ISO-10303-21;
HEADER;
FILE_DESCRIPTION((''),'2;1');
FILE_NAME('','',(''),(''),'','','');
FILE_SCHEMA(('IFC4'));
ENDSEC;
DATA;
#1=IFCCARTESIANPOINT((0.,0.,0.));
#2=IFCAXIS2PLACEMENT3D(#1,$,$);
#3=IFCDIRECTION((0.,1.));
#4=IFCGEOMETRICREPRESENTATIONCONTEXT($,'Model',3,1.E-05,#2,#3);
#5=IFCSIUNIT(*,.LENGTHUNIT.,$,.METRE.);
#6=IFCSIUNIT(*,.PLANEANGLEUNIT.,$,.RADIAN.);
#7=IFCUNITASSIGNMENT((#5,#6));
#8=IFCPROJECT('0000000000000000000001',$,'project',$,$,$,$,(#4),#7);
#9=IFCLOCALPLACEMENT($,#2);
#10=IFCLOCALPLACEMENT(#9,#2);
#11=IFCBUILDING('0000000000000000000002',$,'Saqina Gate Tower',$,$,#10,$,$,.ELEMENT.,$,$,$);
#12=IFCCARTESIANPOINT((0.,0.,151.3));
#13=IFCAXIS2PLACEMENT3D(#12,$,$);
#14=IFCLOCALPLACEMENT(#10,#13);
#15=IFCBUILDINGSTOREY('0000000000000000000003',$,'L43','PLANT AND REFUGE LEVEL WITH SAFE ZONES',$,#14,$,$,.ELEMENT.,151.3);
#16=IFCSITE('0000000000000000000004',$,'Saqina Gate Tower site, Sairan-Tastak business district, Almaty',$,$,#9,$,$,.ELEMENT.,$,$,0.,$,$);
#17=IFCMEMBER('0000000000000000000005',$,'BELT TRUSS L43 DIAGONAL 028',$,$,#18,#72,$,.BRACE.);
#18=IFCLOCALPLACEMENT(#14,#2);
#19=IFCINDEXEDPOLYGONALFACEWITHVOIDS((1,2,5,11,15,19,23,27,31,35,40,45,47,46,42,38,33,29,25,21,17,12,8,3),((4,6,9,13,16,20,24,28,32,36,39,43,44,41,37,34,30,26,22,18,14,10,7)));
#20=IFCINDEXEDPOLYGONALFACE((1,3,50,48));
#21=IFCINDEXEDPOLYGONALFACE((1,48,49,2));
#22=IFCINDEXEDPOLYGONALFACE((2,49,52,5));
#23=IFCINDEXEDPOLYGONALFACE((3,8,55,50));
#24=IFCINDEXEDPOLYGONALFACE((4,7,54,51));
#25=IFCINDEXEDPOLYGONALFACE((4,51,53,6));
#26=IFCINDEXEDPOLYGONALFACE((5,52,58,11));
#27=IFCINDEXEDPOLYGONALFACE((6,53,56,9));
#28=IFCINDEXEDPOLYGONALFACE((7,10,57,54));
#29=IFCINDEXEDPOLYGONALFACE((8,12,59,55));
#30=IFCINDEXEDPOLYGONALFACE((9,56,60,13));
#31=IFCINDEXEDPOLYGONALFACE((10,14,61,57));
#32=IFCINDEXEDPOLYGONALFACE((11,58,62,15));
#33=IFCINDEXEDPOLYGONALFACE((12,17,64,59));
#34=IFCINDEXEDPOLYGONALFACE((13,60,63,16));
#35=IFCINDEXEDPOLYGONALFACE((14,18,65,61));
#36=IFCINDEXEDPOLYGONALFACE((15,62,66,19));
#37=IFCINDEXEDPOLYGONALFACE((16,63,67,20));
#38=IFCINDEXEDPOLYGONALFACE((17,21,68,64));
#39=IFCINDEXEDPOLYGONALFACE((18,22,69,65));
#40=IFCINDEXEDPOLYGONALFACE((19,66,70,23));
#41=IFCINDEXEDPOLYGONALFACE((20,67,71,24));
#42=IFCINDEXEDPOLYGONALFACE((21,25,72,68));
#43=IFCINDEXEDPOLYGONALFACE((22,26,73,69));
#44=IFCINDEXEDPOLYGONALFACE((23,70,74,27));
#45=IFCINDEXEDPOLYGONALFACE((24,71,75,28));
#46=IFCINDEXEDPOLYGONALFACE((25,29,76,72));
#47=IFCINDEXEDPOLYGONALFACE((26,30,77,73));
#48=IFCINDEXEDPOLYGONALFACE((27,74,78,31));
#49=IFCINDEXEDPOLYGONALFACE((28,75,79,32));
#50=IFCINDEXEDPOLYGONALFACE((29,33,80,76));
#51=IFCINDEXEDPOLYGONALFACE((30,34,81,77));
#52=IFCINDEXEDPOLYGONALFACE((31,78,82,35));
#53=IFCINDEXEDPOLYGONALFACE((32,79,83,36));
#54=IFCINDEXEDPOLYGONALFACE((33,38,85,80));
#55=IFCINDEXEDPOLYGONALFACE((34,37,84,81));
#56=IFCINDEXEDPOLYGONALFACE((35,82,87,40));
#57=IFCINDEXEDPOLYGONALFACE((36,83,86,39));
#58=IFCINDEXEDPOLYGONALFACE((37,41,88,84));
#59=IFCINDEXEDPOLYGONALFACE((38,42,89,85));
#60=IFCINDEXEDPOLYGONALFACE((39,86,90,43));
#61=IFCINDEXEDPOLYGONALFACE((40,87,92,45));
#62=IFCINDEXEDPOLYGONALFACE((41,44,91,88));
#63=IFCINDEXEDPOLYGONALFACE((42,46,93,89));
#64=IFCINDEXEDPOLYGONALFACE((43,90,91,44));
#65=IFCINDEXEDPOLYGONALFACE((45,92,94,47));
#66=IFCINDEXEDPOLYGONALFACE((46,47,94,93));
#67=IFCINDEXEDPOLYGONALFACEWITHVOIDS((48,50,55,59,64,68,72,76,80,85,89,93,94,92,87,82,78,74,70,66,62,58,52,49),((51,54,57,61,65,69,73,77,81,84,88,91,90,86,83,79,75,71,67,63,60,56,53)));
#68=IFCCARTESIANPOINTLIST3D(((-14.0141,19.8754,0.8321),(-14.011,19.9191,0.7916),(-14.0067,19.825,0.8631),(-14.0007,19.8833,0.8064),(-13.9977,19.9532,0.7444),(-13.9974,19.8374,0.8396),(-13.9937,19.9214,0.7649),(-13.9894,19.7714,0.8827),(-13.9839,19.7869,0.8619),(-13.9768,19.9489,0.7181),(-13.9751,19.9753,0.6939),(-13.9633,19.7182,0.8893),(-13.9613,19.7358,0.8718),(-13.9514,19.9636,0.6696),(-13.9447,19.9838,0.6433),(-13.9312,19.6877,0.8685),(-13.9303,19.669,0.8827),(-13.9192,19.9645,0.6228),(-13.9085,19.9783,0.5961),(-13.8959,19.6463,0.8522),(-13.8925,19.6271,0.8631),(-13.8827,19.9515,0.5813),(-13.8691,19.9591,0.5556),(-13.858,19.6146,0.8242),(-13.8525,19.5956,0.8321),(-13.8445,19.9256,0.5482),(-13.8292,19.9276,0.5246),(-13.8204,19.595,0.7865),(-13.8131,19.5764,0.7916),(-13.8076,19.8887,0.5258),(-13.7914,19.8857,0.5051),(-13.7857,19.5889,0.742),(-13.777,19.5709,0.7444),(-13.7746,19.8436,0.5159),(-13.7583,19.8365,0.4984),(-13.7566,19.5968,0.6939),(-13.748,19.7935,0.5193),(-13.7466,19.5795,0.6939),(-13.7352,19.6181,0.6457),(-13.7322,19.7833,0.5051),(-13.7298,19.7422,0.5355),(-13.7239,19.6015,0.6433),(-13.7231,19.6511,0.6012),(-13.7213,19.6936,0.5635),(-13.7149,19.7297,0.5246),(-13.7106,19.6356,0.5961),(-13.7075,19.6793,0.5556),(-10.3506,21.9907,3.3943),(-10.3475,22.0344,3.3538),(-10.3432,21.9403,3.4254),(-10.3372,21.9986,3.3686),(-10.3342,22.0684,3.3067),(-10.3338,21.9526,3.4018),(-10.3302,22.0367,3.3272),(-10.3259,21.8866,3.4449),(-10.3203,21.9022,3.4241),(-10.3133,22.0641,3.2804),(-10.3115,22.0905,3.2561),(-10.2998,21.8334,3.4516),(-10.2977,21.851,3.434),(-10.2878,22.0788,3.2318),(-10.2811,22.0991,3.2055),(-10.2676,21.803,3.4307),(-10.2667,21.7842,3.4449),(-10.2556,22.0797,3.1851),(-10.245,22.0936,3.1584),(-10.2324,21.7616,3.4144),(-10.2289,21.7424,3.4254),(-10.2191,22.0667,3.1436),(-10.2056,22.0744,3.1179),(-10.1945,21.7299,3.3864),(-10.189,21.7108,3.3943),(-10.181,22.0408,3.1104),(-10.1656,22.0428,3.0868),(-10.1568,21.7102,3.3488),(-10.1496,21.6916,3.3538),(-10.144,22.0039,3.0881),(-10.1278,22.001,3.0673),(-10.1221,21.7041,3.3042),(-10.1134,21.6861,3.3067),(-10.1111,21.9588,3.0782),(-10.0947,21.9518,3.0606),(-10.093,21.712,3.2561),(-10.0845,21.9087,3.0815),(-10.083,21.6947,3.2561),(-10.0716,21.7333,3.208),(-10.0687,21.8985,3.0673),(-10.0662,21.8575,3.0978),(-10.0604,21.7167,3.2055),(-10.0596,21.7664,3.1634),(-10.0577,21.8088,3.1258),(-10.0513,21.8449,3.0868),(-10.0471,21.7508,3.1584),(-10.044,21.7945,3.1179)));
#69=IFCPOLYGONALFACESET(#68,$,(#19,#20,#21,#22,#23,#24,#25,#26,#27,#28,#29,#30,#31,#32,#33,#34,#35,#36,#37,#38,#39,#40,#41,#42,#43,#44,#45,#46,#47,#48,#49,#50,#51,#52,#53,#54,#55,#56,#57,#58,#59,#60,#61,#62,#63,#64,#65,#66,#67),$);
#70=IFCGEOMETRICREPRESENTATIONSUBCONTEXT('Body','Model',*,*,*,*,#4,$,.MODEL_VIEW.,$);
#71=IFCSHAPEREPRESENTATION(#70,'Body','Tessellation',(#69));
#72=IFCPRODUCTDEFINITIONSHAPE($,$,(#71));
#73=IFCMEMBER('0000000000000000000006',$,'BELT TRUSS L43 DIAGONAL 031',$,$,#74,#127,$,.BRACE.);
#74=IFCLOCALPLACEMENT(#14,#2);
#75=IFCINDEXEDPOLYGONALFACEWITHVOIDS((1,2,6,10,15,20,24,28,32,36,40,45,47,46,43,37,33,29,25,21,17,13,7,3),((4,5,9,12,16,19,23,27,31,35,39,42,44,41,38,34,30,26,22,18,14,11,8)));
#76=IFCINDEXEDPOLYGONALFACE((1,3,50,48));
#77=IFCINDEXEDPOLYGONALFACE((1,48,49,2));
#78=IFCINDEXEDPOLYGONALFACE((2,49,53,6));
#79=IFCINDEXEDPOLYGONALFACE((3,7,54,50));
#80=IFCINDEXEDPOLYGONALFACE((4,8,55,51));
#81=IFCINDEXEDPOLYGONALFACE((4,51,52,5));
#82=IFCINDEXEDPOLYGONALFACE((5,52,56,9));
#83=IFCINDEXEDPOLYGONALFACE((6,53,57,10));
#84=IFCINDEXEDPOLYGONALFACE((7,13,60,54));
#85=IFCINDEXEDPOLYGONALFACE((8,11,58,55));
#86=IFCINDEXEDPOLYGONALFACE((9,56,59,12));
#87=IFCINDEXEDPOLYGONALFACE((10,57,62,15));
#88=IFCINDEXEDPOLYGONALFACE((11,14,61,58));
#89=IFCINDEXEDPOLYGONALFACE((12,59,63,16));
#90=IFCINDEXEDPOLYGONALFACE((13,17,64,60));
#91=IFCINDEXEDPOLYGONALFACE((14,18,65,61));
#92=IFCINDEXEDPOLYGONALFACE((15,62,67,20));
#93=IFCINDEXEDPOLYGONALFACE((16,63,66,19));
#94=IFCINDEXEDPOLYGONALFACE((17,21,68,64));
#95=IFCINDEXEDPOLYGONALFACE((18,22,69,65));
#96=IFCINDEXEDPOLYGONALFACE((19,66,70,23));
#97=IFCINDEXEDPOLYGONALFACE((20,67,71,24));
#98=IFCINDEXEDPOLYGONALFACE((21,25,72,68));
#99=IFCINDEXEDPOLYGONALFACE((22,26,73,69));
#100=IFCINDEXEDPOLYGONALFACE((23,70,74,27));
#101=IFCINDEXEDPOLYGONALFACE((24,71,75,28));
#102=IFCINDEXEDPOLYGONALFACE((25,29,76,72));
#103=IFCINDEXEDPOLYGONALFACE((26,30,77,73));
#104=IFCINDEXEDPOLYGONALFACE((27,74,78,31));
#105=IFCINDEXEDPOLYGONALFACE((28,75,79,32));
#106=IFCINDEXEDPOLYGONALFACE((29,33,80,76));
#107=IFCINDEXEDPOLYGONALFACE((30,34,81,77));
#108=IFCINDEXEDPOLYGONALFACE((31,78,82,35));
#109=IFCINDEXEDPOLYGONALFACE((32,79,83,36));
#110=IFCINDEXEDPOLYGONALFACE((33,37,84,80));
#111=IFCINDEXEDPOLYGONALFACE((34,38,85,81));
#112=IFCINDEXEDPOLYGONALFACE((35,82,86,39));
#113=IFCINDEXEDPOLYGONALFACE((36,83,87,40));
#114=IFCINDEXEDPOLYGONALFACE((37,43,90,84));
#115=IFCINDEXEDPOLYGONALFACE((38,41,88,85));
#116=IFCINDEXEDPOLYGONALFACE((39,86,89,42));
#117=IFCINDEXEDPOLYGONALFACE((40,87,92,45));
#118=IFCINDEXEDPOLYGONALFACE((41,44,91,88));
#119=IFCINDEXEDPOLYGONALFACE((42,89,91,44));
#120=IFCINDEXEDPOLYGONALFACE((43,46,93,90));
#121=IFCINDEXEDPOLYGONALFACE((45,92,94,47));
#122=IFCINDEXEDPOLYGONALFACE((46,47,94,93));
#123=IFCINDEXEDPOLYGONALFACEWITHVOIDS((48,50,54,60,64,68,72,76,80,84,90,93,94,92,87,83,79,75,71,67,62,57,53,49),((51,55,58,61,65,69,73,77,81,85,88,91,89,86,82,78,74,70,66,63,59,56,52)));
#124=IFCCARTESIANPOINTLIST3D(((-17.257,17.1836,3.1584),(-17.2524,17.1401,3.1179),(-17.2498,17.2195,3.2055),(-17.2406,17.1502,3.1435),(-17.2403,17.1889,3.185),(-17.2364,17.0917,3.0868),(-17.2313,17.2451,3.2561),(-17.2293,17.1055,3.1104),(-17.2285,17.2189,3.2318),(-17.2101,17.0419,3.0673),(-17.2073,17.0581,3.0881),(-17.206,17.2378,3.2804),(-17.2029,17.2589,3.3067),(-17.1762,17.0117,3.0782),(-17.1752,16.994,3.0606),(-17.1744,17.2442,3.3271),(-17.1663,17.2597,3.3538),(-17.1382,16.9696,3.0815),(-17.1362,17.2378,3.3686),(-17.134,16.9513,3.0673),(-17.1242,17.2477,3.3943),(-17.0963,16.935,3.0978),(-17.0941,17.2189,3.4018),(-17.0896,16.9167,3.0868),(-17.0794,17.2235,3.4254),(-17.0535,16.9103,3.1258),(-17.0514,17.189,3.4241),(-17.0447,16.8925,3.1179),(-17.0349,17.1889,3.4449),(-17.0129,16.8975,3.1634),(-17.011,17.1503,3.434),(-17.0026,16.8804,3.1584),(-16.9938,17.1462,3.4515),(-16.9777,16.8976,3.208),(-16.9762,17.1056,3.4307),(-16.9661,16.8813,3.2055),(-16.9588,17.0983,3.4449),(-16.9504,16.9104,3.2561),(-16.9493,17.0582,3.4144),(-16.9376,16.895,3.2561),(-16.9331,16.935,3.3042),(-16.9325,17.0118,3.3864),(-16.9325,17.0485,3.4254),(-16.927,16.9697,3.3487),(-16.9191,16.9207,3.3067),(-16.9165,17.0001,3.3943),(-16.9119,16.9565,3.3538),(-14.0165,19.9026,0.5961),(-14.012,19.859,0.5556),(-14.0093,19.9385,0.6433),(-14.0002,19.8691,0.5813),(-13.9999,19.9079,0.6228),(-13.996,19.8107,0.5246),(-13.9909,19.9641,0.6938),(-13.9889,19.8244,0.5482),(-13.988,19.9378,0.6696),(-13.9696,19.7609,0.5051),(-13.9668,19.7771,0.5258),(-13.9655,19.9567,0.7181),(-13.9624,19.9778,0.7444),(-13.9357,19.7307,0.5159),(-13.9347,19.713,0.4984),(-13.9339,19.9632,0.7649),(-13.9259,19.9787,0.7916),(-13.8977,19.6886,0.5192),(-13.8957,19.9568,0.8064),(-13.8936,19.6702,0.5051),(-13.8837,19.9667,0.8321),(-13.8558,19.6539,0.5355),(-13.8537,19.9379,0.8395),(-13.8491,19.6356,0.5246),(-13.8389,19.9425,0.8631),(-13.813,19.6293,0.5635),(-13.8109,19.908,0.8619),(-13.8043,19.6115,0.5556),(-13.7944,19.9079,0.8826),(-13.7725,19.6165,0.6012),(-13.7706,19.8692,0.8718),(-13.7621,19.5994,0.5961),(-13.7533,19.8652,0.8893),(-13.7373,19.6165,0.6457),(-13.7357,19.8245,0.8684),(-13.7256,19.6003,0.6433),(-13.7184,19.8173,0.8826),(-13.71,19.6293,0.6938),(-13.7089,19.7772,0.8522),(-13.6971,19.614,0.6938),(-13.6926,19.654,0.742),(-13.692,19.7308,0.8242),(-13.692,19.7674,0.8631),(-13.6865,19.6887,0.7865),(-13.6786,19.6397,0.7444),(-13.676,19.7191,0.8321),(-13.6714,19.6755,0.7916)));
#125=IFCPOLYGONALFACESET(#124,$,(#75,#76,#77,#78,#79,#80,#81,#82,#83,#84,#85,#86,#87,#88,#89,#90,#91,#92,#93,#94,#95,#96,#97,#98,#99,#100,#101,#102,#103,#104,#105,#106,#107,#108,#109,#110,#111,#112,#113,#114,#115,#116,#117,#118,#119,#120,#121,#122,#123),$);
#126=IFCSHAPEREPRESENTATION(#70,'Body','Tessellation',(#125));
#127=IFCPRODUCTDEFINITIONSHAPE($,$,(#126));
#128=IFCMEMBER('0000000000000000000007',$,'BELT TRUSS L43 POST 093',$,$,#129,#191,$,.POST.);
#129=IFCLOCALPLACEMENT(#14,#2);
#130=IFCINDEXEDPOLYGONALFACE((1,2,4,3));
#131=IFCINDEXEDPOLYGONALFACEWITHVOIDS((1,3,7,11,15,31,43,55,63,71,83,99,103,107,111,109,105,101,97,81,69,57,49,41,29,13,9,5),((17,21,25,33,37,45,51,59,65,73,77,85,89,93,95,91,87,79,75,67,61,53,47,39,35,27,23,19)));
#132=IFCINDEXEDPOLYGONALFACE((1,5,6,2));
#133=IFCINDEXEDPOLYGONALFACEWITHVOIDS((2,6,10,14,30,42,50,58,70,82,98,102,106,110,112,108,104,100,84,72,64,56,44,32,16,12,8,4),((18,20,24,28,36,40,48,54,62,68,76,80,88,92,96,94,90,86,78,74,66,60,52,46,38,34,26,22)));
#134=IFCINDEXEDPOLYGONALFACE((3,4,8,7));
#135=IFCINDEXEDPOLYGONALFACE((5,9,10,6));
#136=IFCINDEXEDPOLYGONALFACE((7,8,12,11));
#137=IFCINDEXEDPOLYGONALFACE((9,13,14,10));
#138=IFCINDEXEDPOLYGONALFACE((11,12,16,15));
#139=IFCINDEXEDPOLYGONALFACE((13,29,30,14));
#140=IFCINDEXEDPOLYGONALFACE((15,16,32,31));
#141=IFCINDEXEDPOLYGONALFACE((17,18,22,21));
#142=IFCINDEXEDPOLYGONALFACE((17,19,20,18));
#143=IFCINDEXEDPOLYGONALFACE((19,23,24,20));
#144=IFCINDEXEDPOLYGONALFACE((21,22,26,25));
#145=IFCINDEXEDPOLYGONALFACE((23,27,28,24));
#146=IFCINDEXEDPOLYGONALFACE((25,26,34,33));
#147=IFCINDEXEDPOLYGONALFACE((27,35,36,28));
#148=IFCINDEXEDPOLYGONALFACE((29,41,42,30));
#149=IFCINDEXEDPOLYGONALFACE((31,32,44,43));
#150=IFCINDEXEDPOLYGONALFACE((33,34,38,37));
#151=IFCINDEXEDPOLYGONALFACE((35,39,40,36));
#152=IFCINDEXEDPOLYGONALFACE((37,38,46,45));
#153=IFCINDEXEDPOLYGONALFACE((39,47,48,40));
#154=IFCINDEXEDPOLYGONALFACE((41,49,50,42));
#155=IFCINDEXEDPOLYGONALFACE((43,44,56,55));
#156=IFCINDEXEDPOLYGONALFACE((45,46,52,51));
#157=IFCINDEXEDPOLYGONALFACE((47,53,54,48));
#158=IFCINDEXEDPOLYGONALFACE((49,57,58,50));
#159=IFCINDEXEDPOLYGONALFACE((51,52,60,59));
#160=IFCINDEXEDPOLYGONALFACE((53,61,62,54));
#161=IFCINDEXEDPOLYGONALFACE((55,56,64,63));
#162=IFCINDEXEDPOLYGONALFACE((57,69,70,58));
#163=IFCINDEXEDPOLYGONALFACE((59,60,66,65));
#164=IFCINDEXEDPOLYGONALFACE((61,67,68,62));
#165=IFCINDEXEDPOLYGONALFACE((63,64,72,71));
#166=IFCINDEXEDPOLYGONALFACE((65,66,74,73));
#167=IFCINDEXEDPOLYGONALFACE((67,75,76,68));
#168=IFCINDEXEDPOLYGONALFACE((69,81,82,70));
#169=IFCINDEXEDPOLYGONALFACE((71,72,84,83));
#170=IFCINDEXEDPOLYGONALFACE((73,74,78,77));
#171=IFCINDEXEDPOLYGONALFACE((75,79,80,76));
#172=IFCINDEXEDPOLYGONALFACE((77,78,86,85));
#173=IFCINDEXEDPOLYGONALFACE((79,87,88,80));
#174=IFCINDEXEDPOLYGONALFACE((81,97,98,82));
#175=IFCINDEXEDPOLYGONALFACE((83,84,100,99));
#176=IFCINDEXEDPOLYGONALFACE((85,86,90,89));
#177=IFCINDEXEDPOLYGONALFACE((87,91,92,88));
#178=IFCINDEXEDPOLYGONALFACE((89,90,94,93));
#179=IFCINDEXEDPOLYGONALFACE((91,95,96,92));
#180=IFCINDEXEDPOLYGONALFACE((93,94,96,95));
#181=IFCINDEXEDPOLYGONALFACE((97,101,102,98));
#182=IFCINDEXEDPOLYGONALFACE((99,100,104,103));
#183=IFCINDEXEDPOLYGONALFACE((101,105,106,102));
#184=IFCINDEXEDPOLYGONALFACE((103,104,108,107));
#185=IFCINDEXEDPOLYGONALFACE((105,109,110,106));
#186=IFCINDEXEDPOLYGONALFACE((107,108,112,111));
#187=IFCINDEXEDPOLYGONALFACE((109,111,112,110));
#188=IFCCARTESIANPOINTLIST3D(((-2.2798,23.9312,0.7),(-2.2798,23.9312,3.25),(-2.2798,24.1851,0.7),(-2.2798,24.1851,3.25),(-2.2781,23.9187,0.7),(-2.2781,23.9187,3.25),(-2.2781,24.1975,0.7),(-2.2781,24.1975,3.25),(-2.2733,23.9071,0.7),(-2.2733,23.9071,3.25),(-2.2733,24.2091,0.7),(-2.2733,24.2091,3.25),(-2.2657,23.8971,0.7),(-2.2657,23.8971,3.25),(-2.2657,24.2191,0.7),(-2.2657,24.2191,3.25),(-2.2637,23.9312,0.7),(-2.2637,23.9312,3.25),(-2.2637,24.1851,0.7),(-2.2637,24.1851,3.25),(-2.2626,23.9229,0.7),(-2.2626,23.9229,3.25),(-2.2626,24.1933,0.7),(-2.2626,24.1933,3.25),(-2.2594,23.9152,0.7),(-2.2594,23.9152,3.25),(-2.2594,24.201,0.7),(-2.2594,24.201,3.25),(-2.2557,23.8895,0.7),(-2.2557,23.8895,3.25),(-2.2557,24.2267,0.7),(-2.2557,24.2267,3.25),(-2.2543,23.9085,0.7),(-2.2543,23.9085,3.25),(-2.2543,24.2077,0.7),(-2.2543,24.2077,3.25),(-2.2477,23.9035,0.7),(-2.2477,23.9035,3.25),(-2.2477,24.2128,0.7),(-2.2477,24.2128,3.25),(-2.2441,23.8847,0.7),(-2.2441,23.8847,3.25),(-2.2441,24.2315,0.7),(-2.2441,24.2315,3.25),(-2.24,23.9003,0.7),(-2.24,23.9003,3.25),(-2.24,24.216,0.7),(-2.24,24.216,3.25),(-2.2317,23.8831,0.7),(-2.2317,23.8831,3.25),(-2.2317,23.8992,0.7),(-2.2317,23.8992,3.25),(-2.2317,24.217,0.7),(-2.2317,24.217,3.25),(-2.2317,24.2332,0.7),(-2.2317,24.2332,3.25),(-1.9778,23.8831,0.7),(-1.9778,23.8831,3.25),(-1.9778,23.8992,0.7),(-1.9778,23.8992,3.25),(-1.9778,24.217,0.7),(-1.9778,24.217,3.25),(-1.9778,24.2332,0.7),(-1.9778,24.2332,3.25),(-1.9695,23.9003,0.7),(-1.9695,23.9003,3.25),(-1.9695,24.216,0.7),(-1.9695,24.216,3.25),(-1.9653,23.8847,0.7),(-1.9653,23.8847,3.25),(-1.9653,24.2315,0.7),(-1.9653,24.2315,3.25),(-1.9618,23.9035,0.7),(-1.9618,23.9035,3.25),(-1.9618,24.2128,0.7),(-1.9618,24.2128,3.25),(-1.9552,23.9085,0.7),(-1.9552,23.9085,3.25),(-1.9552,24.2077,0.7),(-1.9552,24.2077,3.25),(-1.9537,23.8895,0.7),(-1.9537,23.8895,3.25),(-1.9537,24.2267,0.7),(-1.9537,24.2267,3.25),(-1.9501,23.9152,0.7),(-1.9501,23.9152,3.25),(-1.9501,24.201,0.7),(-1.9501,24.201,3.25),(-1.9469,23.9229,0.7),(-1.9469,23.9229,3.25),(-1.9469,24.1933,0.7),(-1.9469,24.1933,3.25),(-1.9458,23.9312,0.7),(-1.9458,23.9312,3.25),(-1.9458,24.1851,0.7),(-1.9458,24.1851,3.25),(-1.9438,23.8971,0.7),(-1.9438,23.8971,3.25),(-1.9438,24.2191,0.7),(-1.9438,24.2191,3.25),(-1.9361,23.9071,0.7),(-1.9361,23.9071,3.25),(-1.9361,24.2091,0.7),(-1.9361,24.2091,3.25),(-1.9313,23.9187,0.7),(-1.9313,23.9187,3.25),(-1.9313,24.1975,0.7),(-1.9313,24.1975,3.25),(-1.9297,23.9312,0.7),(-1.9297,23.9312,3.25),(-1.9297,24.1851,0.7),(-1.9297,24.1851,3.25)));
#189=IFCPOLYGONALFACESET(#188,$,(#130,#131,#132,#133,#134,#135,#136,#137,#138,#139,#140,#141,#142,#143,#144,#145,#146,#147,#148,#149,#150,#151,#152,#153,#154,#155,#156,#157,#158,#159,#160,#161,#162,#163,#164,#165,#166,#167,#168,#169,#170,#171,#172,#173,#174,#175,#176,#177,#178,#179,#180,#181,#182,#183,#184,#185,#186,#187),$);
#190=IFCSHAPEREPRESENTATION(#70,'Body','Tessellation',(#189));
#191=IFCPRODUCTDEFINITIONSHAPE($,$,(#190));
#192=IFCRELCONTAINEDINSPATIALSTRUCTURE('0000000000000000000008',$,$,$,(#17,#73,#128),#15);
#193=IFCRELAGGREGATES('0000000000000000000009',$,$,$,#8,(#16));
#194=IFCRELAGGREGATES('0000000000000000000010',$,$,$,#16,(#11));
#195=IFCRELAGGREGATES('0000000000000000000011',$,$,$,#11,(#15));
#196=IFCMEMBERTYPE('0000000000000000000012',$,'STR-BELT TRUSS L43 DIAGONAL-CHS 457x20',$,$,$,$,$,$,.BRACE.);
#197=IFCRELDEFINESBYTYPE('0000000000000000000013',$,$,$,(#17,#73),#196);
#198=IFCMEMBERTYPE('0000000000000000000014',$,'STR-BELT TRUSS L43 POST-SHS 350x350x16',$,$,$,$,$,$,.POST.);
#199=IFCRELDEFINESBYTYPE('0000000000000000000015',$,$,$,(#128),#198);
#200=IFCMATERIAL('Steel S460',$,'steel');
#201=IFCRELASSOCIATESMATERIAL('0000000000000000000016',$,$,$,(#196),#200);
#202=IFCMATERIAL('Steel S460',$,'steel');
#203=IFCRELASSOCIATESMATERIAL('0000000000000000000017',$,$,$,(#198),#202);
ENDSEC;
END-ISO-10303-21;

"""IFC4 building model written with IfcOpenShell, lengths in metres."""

from ifc_helpers import new_model, si_unit, direction, frame, origin, origin_2d, place, context, subcontext, project, spatial, hollow_rectangle, hollow_circle, extrude, material, material_profile, profile_set, type_object, element, save


model = new_model("IFC4")

# Units and contexts
model_context = context("Model", 3, precision=1e-05, world=origin(), true_north=direction((0.0, 1.0)))
body_context = subcontext(model_context, "Body", "Model", "MODEL_VIEW")
ifc_project = project(units=[si_unit("LENGTHUNIT", "METRE"), si_unit("PLANEANGLEUNIT", "RADIAN")], contexts=[model_context])

# Site, building, storey
site_placement = place(None, origin())
site = spatial("IfcSite", under=ifc_project, at=site_placement, Name="Saqina Gate Tower site, Sairan-Tastak business district, Almaty", CompositionType="ELEMENT", RefElevation=0.0)
building_placement = place(site_placement, origin())
building = spatial("IfcBuilding", under=site, at=building_placement, Name="Saqina Gate Tower", CompositionType="ELEMENT")
storey_placement = place(building_placement, frame((0.0, 0.0, 151.3)))
storey = spatial("IfcBuildingStorey", under=building, at=storey_placement, Name="L43", Description="PLANT AND REFUGE LEVEL WITH SAFE ZONES", CompositionType="ELEMENT", Elevation=151.3)

# Members
ifc_material_1 = material(Name="Steel S460", Category="steel")
ifc_material_profile_1 = material_profile(ifc_material_1, hollow_circle(Radius=0.2285, WallThickness=0.02, at=origin_2d()), Name="CHS 457x20")
ifc_profile_set_1 = profile_set([ifc_material_profile_1], Name="Steel S460")
member_type_1 = type_object("IfcMemberType", Name="STR-BELT TRUSS L43 DIAGONAL-CHS 457x20", PredefinedType="BRACE", material=ifc_profile_set_1)
member_1_placement = place(storey_placement, frame((-10.1973, 21.8926, 3.2561), z_axis=(-0.740741, -0.427681, -0.518065), x_axis=(0.500012, -0.866018, 0.0)))
element("IfcMember", 1, at=member_1_placement, inside=storey, type_object=member_type_1, Name="BELT TRUSS L43 DIAGONAL 028", PredefinedType="BRACE", context=body_context, shape_type="SweptSolid", body=[
    extrude(hollow_circle(Radius=0.2285, WallThickness=0.02, at=origin_2d()), origin(), (0.0, 0.0, 1.0), 4.9458),
])
member_2_placement = place(storey_placement, frame((-13.844, 19.7891, 0.6938), z_axis=(-0.655227, -0.549782, 0.51809), x_axis=(0.642775, -0.766055, 0.0)))
element("IfcMember", 2, at=member_2_placement, inside=storey, type_object=member_type_1, Name="BELT TRUSS L43 DIAGONAL 031", PredefinedType="BRACE", context=body_context, shape_type="SweptSolid", body=[
    extrude(hollow_circle(Radius=0.2285, WallThickness=0.02, at=origin_2d()), origin(), (0.0, 0.0, 1.0), 4.9456),
])
ifc_material_2 = material(Name="Steel S460", Category="steel")
ifc_material_profile_2 = material_profile(ifc_material_2, hollow_rectangle(XDim=0.3501, YDim=0.3501, WallThickness=0.0161, InnerFilletRadius=0.032, OuterFilletRadius=0.0481, at=origin_2d()), Name="SHS 350x350x16")
ifc_profile_set_2 = profile_set([ifc_material_profile_2], Name="Steel S460")
member_type_2 = type_object("IfcMemberType", Name="STR-BELT TRUSS L43 POST-SHS 350x350x16", PredefinedType="POST", material=ifc_profile_set_2)
for number, where, z_axis, x_axis, name in (
    (3, (-2.1047, 24.0581, 0.7), (0.0, 0.0, 1.0), (1.0, 0.0, 0.0), "BELT TRUSS L43 POST 093"),
):
    element("IfcMember", number, at=place(storey_placement, frame(where, z_axis=z_axis, x_axis=x_axis)), inside=storey, type_object=member_type_2, Name=name, PredefinedType="POST", context=body_context, shape_type="SweptSolid", body=[
        extrude(hollow_rectangle(XDim=0.3501, YDim=0.3501, WallThickness=0.0161, InnerFilletRadius=0.032, OuterFilletRadius=0.0481, at=origin_2d()), origin(), (0.0, 0.0, 1.0), 2.55),
    ])

save(model, "model.ifc")
